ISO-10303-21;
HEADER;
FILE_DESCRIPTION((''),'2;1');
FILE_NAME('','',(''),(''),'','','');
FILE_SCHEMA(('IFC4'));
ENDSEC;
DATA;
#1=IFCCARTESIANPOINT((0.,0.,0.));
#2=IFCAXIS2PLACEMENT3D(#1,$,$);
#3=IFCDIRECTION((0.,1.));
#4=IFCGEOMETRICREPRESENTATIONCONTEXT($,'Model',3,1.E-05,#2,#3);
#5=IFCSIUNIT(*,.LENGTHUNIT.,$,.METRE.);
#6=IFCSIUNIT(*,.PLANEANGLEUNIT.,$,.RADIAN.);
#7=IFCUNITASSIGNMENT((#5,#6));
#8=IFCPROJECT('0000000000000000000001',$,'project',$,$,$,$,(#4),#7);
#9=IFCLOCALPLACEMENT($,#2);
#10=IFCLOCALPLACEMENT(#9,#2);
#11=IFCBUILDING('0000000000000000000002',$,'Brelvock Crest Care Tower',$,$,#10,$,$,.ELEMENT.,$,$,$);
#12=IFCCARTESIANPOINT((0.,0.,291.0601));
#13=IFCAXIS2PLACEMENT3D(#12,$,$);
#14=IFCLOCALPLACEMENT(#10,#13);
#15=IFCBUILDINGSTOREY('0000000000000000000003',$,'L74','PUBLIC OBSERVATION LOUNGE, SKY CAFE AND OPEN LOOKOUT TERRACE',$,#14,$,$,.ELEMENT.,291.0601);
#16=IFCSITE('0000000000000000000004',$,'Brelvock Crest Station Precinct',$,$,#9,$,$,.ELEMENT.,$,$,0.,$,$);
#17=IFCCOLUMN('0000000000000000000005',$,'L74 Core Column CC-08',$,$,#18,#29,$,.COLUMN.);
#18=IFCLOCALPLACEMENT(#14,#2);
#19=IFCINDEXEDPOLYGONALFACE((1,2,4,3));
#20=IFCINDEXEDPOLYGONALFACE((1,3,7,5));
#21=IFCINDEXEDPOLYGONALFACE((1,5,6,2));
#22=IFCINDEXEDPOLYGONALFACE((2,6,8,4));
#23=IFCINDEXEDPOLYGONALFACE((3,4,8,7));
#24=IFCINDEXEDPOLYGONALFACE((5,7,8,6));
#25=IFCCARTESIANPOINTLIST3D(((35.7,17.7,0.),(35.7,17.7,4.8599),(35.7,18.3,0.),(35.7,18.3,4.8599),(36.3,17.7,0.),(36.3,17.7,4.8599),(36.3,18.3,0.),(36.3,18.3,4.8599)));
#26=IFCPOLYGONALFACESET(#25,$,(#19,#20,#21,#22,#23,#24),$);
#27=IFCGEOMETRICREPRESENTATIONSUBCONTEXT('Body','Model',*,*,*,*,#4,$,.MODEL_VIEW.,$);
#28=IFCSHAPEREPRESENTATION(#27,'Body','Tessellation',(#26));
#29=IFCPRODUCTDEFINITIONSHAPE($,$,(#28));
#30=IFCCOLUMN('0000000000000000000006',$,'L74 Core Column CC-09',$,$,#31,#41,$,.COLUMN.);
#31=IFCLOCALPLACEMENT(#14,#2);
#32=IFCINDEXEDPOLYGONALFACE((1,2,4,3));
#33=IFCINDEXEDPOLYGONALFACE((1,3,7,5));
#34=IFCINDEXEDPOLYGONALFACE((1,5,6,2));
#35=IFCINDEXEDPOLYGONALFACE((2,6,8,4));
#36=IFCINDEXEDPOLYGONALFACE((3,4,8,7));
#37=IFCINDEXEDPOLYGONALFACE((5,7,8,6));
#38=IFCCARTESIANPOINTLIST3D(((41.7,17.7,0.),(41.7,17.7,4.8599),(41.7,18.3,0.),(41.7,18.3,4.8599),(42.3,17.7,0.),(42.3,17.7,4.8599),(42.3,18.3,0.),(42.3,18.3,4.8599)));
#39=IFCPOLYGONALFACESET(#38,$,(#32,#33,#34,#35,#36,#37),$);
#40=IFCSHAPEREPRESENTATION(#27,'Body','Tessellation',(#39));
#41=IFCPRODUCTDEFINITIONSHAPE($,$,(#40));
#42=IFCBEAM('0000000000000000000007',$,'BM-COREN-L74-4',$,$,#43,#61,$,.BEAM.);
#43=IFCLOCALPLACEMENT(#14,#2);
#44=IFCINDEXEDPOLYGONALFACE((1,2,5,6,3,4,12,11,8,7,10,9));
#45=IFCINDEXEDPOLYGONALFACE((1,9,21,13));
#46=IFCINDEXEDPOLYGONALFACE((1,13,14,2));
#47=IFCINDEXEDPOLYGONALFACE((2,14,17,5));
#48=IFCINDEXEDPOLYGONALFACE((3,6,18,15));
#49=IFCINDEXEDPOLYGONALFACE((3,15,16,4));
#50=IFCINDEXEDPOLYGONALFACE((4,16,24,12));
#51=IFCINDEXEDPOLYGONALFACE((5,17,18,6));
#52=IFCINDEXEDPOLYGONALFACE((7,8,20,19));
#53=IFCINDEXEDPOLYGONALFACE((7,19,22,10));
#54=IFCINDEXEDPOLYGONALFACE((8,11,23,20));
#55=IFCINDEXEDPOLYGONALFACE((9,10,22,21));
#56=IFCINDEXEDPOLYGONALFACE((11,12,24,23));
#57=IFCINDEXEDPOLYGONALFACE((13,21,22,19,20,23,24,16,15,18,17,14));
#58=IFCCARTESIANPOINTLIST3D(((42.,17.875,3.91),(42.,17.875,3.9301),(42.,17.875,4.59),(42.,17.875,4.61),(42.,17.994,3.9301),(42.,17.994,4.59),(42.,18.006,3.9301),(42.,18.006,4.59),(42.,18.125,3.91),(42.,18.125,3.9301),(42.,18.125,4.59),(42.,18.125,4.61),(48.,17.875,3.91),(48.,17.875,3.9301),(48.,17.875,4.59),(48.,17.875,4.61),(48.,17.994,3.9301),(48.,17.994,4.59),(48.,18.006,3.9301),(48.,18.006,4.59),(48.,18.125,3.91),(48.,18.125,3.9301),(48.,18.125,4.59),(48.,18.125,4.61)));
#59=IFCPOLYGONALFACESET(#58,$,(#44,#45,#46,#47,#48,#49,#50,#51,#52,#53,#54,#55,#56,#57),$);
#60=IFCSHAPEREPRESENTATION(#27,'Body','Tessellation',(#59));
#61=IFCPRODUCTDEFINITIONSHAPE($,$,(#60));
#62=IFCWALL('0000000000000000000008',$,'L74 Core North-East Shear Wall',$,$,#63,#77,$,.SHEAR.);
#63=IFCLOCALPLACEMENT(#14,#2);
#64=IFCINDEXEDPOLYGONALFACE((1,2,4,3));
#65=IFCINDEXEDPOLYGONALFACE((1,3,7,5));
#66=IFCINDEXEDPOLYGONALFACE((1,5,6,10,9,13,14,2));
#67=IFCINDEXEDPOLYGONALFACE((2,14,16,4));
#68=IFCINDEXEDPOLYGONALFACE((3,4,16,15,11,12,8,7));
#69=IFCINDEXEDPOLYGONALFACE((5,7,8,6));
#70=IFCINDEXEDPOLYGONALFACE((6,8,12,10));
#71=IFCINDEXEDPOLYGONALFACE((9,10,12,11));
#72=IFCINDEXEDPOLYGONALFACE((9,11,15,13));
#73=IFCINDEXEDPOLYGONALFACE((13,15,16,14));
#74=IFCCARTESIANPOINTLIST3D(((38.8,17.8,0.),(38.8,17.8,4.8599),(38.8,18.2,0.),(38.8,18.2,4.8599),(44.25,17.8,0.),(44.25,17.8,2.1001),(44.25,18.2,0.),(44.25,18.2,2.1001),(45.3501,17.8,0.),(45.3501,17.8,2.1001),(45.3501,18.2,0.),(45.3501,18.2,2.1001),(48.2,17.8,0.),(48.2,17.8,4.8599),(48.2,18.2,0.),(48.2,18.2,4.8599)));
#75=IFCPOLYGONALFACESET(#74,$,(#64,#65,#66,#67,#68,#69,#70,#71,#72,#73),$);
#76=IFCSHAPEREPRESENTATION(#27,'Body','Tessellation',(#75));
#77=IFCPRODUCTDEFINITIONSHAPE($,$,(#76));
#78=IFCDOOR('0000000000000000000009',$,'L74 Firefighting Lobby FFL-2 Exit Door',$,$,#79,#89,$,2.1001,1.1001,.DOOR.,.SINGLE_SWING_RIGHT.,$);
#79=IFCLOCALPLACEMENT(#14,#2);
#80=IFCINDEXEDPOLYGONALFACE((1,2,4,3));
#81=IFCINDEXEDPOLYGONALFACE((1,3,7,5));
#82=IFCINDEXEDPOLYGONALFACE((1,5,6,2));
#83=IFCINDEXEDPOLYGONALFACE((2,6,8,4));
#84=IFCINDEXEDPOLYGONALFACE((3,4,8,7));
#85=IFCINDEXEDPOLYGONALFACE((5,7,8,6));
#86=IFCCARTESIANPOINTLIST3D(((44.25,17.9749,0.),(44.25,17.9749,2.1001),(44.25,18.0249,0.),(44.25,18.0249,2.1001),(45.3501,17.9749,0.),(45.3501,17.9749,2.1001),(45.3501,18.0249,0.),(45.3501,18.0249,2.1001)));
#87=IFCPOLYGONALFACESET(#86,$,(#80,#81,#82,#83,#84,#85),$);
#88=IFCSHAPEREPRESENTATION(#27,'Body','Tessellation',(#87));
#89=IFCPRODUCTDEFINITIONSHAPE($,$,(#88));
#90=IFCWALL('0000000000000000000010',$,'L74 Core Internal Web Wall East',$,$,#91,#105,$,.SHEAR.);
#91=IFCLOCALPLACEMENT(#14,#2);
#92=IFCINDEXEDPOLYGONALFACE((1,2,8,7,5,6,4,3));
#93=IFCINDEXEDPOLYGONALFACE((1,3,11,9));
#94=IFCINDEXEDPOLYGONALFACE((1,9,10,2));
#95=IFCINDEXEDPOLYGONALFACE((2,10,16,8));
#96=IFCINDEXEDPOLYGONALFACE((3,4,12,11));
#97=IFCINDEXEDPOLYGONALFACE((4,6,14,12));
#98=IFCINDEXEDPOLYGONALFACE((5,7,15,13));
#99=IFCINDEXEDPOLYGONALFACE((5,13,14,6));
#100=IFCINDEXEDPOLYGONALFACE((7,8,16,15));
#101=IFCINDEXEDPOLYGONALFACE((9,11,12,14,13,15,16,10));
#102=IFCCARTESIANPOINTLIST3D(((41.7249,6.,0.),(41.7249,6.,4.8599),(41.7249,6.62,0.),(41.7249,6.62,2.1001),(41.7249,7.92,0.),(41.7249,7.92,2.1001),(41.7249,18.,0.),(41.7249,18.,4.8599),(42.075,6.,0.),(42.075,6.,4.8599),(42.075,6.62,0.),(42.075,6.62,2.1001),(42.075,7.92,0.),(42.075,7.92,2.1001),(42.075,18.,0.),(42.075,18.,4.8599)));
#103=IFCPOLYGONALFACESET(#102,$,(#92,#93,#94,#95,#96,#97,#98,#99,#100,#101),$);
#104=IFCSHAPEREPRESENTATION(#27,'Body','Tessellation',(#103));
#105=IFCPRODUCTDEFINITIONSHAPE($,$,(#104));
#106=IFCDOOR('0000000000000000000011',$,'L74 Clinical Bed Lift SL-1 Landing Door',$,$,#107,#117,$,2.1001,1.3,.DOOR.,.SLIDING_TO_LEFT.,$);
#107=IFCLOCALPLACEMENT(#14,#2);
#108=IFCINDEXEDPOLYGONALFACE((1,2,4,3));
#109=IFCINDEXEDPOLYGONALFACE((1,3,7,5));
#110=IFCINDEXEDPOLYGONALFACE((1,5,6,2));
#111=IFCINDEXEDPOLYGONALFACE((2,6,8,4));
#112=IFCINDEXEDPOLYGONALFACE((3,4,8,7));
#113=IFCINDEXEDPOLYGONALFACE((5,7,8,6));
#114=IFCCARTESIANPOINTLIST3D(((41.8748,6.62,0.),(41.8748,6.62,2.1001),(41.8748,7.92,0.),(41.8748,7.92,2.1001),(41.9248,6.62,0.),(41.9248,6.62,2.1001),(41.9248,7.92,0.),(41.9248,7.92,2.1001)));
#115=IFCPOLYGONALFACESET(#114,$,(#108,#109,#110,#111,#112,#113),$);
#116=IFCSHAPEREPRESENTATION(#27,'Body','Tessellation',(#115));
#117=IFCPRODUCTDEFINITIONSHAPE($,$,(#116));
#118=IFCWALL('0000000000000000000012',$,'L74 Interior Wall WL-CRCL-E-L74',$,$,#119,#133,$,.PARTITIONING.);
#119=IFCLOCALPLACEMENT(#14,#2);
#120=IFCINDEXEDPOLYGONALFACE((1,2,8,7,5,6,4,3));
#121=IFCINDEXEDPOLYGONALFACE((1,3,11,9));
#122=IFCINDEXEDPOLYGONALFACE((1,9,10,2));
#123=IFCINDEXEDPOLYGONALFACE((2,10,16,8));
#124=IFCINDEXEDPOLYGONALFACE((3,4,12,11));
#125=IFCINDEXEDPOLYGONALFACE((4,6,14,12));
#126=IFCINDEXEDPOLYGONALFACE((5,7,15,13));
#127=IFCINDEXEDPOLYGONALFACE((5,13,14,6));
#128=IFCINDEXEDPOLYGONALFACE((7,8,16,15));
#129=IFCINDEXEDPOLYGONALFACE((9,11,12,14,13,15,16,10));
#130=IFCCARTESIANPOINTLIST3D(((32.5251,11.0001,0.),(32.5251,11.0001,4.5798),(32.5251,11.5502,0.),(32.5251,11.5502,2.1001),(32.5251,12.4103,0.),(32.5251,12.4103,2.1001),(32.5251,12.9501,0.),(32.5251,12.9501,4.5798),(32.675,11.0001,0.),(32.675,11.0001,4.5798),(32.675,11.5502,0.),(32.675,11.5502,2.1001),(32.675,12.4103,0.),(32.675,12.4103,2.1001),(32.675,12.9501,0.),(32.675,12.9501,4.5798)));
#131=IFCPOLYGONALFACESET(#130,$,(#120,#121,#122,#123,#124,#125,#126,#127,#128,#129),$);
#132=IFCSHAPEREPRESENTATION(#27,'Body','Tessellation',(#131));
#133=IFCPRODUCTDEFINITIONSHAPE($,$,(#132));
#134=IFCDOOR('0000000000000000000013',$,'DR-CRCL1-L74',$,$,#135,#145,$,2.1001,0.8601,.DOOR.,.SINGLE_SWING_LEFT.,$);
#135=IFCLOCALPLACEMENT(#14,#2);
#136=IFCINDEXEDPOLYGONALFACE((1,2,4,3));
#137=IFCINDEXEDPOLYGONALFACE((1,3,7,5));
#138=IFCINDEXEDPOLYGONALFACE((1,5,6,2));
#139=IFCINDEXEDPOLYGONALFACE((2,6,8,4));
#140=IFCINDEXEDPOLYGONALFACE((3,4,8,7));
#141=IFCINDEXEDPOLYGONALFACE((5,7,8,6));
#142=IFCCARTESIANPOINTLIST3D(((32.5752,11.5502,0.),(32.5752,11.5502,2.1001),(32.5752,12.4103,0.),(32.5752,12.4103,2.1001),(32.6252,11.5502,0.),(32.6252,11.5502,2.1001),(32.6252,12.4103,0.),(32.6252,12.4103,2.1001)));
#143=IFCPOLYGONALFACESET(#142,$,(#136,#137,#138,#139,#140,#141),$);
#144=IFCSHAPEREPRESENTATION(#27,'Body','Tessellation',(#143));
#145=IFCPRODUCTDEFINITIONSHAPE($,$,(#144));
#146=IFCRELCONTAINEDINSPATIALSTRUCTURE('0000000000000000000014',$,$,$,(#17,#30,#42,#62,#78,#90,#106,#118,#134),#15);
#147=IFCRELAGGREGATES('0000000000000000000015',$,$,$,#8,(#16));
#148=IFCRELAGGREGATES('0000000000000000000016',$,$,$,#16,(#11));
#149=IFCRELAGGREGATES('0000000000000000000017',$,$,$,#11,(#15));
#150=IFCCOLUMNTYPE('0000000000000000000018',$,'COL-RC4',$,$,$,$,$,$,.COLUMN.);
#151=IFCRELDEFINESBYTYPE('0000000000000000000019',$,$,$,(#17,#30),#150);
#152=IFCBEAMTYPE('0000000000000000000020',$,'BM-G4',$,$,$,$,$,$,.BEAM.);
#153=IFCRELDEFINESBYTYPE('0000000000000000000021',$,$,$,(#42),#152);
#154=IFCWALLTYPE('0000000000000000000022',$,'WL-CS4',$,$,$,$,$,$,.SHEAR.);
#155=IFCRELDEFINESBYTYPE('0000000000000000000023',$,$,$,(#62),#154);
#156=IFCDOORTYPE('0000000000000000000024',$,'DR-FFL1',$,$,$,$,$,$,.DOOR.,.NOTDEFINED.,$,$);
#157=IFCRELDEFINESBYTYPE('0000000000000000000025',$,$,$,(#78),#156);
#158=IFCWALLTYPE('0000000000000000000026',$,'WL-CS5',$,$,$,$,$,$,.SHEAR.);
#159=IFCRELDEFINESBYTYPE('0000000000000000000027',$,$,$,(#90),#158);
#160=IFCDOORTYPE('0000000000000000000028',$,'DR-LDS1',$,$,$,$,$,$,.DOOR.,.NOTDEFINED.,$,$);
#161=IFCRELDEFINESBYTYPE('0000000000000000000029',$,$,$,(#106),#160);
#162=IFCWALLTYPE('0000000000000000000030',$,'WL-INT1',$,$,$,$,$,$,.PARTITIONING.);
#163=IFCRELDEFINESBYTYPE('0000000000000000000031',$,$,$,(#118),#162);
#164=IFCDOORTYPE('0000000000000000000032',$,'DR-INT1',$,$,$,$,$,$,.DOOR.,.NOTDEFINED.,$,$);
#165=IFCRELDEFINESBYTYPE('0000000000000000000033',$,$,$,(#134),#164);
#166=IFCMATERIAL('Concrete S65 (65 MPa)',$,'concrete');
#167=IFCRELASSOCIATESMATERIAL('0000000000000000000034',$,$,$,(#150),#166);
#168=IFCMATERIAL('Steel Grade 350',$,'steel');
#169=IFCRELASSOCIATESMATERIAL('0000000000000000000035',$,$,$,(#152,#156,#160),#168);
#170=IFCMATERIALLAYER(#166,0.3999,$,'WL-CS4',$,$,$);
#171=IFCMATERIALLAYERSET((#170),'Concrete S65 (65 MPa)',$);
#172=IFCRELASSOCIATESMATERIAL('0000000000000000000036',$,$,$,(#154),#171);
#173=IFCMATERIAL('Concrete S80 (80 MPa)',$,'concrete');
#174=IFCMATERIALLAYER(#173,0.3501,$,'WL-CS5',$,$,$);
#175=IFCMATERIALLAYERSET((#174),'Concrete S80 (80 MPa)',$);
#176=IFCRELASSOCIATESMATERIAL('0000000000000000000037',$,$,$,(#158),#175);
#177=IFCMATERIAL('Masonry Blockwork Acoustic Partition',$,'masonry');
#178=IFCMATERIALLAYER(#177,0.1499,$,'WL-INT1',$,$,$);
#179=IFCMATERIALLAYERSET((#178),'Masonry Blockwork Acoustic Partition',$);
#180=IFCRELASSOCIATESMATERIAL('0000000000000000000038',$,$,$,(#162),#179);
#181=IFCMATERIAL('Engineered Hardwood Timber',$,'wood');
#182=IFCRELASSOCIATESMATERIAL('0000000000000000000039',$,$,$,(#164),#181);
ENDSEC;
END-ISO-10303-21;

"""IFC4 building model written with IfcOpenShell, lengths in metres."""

from ifc_helpers import new_model, si_unit, direction, frame, frame_2d, origin, origin_2d, place, context, subcontext, project, spatial, rectangle, i_section, extrude, source, transform, mapped, material, layer, layer_set, material_profile, profile_set, type_object, element, fill, save


model = new_model("IFC4")

# Units and contexts
model_context = context("Model", 3, precision=1e-05, world=origin(), true_north=direction((0.0, 1.0)))
body_context = subcontext(model_context, "Body", "Model", "MODEL_VIEW")
ifc_project = project(units=[si_unit("LENGTHUNIT", "METRE"), si_unit("PLANEANGLEUNIT", "RADIAN")], contexts=[model_context])

# Site, building, storey
site_placement = place(None, origin())
site = spatial("IfcSite", under=ifc_project, at=site_placement, Name="Brelvock Crest Station Precinct", CompositionType="ELEMENT", RefElevation=0.0)
building_placement = place(site_placement, origin())
building = spatial("IfcBuilding", under=site, at=building_placement, Name="Brelvock Crest Care Tower", CompositionType="ELEMENT")
storey_placement = place(building_placement, frame((0.0, 0.0, 291.0601)))
storey = spatial("IfcBuildingStorey", under=building, at=storey_placement, Name="L74", Description="PUBLIC OBSERVATION LOUNGE, SKY CAFE AND OPEN LOOKOUT TERRACE", CompositionType="ELEMENT", Elevation=291.0601)

# Columns
ifc_material_1 = material(Name="Concrete S65 (65 MPa)", Category="concrete")
ifc_material_profile_1 = material_profile(ifc_material_1, rectangle(XDim=0.6001, YDim=0.6001, at=origin_2d()), Name="RC600x600")
ifc_profile_set_1 = profile_set([ifc_material_profile_1], Name="Concrete S65 (65 MPa)")
column_type = type_object("IfcColumnType", Name="COL-RC4", PredefinedType="COLUMN", material=ifc_profile_set_1)
shared_shape_1 = source(origin(), body_context, "Body", "SweptSolid", [
    extrude(rectangle(XDim=0.6001, YDim=0.6001, at=origin_2d()), origin(), (0.0, 0.0, 1.0), 4.8599),
])
for number, where, z_axis, x_axis, name in (
    (1, (36.0, 18.0, 0.0), (0.0, 0.0, 1.0), (1.0, 0.0, 0.0), "L74 Core Column CC-08"),
    (2, (42.0, 18.0, 0.0), (0.0, 0.0, 1.0), (1.0, 0.0, 0.0), "L74 Core Column CC-09"),
):
    element("IfcColumn", number, at=place(storey_placement, frame(where, z_axis=z_axis, x_axis=x_axis)), inside=storey, type_object=column_type, Name=name, PredefinedType="COLUMN", context=body_context, shape_type="MappedRepresentation", body=[
        mapped(shared_shape_1, transform((0.0, 0.0, 0.0), x_axis=(1.0, 0.0, 0.0), y_axis=(0.0, 1.0, 0.0), z_axis=(0.0, 0.0, 1.0), scale=1.0)),
    ])

# Beam
ifc_material_2 = material(Name="Steel Grade 350", Category="steel")
ifc_material_profile_2 = material_profile(ifc_material_2, i_section(OverallWidth=0.25, OverallDepth=0.7, WebThickness=0.012, FlangeThickness=0.02, at=origin_2d()), Name="700WB150")
ifc_profile_set_2 = profile_set([ifc_material_profile_2], Name="Steel Grade 350")
beam_type = type_object("IfcBeamType", Name="BM-G4", PredefinedType="BEAM", material=ifc_profile_set_2)
shared_shape_2 = source(origin(), body_context, "Body", "SweptSolid", [
    extrude(i_section(OverallWidth=0.25, OverallDepth=0.7, WebThickness=0.012, FlangeThickness=0.02, at=origin_2d()), origin(), (0.0, 0.0, 1.0), 6.0),
])
beam_placement = place(storey_placement, frame((42.0, 18.0, 4.26), z_axis=(1.0, 0.0, 0.0), x_axis=(0.0, 1.0, 0.0)))
element("IfcBeam", 3, at=beam_placement, inside=storey, type_object=beam_type, Name="BM-COREN-L74-4", PredefinedType="BEAM", context=body_context, shape_type="MappedRepresentation", body=[
    mapped(shared_shape_2, transform((0.0, 0.0, 0.0), x_axis=(1.0, 0.0, 0.0), y_axis=(0.0, 1.0, 0.0), z_axis=(0.0, 0.0, 1.0), scale=1.0)),
])

# Walls, openings, doors
ifc_layer_1 = layer(ifc_material_1, 0.3999, Name="WL-CS4")
ifc_layer_set_1 = layer_set([ifc_layer_1], Name="Concrete S65 (65 MPa)")
wall_type_1 = type_object("IfcWallType", Name="WL-CS4", PredefinedType="SHEAR", material=ifc_layer_set_1)
wall_1_placement = place(storey_placement, frame((38.8, 18.0, 0.0), z_axis=(0.0, 0.0, 1.0), x_axis=(1.0, 0.0, 0.0)))
wall_1 = element("IfcWall", 4, at=wall_1_placement, inside=storey, type_object=wall_type_1, Name="L74 Core North-East Shear Wall", PredefinedType="SHEAR", context=body_context, shape_type="SweptSolid", body=[
    extrude(rectangle(XDim=9.3999, YDim=0.3999, at=frame_2d((4.7, 0.0))), origin(), (0.0, 0.0, 1.0), 4.8599),
])
opening_1_placement = place(wall_1_placement, frame((5.45, 0.0, 0.0)))
opening_1 = element("IfcOpeningElement", 5, at=opening_1_placement, cuts=wall_1, PredefinedType="OPENING", context=body_context, shape_type="SweptSolid", body=[
    extrude(rectangle(XDim=1.1001, YDim=2.1001, at=origin_2d()), frame((0.55, 0.21, 1.05), z_axis=(0.0, -1.0, 0.0), x_axis=(1.0, 0.0, 0.0)), (0.0, 0.0, 1.0), 0.4199),
])
door_type_1 = type_object("IfcDoorType", Name="DR-FFL1", OperationType="NOTDEFINED", PredefinedType="DOOR", material=ifc_material_2)
shared_shape_3 = source(origin(), body_context, "Body", "SweptSolid", [
    extrude(rectangle(XDim=1.1001, YDim=2.1001, at=origin_2d()), frame((0.55, 0.0249, 1.05), z_axis=(0.0, -1.0, 0.0), x_axis=(1.0, 0.0, 0.0)), (0.0, 0.0, 1.0), 0.05),
])
door_1_placement = place(opening_1_placement, origin())
door_1 = element("IfcDoor", 6, at=door_1_placement, inside=storey, type_object=door_type_1, Name="L74 Firefighting Lobby FFL-2 Exit Door", OperationType="SINGLE_SWING_RIGHT", OverallHeight=2.1001, OverallWidth=1.1001, PredefinedType="DOOR", context=body_context, shape_type="MappedRepresentation", body=[
    mapped(shared_shape_3, transform((0.0, 0.0, 0.0), x_axis=(1.0, 0.0, 0.0), y_axis=(0.0, 1.0, 0.0), z_axis=(0.0, 0.0, 1.0), scale=1.0)),
])
fill(opening_1, door_1)
ifc_material_3 = material(Name="Concrete S80 (80 MPa)", Category="concrete")
ifc_layer_2 = layer(ifc_material_3, 0.3501, Name="WL-CS5")
ifc_layer_set_2 = layer_set([ifc_layer_2], Name="Concrete S80 (80 MPa)")
wall_type_2 = type_object("IfcWallType", Name="WL-CS5", PredefinedType="SHEAR", material=ifc_layer_set_2)
wall_2_placement = place(storey_placement, frame((41.8999, 18.0, 0.0), z_axis=(0.0, 0.0, 1.0), x_axis=(0.0, -1.0, 0.0)))
wall_2 = element("IfcWall", 7, at=wall_2_placement, inside=storey, type_object=wall_type_2, Name="L74 Core Internal Web Wall East", PredefinedType="SHEAR", context=body_context, shape_type="SweptSolid", body=[
    extrude(rectangle(XDim=12.0, YDim=0.3501, at=frame_2d((6.0, 0.0))), origin(), (0.0, 0.0, 1.0), 4.8599),
])
opening_2_placement = place(wall_2_placement, frame((10.0801, 0.0, 0.0)))
opening_2 = element("IfcOpeningElement", 8, at=opening_2_placement, cuts=wall_2, PredefinedType="OPENING", context=body_context, shape_type="SweptSolid", body=[
    extrude(rectangle(XDim=1.3, YDim=2.1001, at=origin_2d()), frame((0.6499, 0.1851, 1.05), z_axis=(0.0, -1.0, 0.0), x_axis=(1.0, 0.0, 0.0)), (0.0, 0.0, 1.0), 0.3701),
])
door_type_2 = type_object("IfcDoorType", Name="DR-LDS1", OperationType="NOTDEFINED", PredefinedType="DOOR", material=ifc_material_2)
shared_shape_4 = source(origin(), body_context, "Body", "SweptSolid", [
    extrude(rectangle(XDim=1.3, YDim=2.1001, at=origin_2d()), frame((0.6499, 0.0249, 1.05), z_axis=(0.0, -1.0, 0.0), x_axis=(1.0, 0.0, 0.0)), (0.0, 0.0, 1.0), 0.05),
])
door_2_placement = place(opening_2_placement, origin())
door_2 = element("IfcDoor", 9, at=door_2_placement, inside=storey, type_object=door_type_2, Name="L74 Clinical Bed Lift SL-1 Landing Door", OperationType="SLIDING_TO_LEFT", OverallHeight=2.1001, OverallWidth=1.3, PredefinedType="DOOR", context=body_context, shape_type="MappedRepresentation", body=[
    mapped(shared_shape_4, transform((0.0, 0.0, 0.0), x_axis=(1.0, 0.0, 0.0), y_axis=(0.0, 1.0, 0.0), z_axis=(0.0, 0.0, 1.0), scale=1.0)),
])
fill(opening_2, door_2)
ifc_material_4 = material(Name="Masonry Blockwork Acoustic Partition", Category="masonry")
ifc_layer_3 = layer(ifc_material_4, 0.1499, Name="WL-INT1")
ifc_layer_set_3 = layer_set([ifc_layer_3], Name="Masonry Blockwork Acoustic Partition")
wall_type_3 = type_object("IfcWallType", Name="WL-INT1", PredefinedType="PARTITIONING", material=ifc_layer_set_3)
wall_3_placement = place(storey_placement, frame((32.6001, 11.0, 0.0), z_axis=(0.0, 0.0, 1.0), x_axis=(0.0, 1.0, 0.0)))
wall_3 = element("IfcWall", 10, at=wall_3_placement, inside=storey, type_object=wall_type_3, Name="L74 Interior Wall WL-CRCL-E-L74", PredefinedType="PARTITIONING", context=body_context, shape_type="SweptSolid", body=[
    extrude(rectangle(XDim=1.95, YDim=0.1499, at=frame_2d((0.9751, 0.0))), origin(), (0.0, 0.0, 1.0), 4.5798),
])
opening_3_placement = place(wall_3_placement, frame((0.55, 0.0, 0.0)))
opening_3 = element("IfcOpeningElement", 11, at=opening_3_placement, cuts=wall_3, PredefinedType="OPENING", context=body_context, shape_type="SweptSolid", body=[
    extrude(rectangle(XDim=0.8601, YDim=2.1001, at=origin_2d()), frame((0.4302, 0.085, 1.05), z_axis=(0.0, -1.0, 0.0), x_axis=(1.0, 0.0, 0.0)), (0.0, 0.0, 1.0), 0.1699),
])
ifc_material_5 = material(Name="Engineered Hardwood Timber", Category="wood")
door_type_3 = type_object("IfcDoorType", Name="DR-INT1", OperationType="NOTDEFINED", PredefinedType="DOOR", material=ifc_material_5)
shared_shape_5 = source(origin(), body_context, "Body", "SweptSolid", [
    extrude(rectangle(XDim=0.8601, YDim=2.1001, at=origin_2d()), frame((0.4302, 0.0249, 1.05), z_axis=(0.0, -1.0, 0.0), x_axis=(1.0, 0.0, 0.0)), (0.0, 0.0, 1.0), 0.05),
])
door_3_placement = place(opening_3_placement, origin())
door_3 = element("IfcDoor", 12, at=door_3_placement, inside=storey, type_object=door_type_3, Name="DR-CRCL1-L74", OperationType="SINGLE_SWING_LEFT", OverallHeight=2.1001, OverallWidth=0.8601, PredefinedType="DOOR", context=body_context, shape_type="MappedRepresentation", body=[
    mapped(shared_shape_5, transform((0.0, 0.0, 0.0), x_axis=(1.0, 0.0, 0.0), y_axis=(0.0, 1.0, 0.0), z_axis=(0.0, 0.0, 1.0), scale=1.0)),
])
fill(opening_3, door_3)

save(model, "model.ifc")
